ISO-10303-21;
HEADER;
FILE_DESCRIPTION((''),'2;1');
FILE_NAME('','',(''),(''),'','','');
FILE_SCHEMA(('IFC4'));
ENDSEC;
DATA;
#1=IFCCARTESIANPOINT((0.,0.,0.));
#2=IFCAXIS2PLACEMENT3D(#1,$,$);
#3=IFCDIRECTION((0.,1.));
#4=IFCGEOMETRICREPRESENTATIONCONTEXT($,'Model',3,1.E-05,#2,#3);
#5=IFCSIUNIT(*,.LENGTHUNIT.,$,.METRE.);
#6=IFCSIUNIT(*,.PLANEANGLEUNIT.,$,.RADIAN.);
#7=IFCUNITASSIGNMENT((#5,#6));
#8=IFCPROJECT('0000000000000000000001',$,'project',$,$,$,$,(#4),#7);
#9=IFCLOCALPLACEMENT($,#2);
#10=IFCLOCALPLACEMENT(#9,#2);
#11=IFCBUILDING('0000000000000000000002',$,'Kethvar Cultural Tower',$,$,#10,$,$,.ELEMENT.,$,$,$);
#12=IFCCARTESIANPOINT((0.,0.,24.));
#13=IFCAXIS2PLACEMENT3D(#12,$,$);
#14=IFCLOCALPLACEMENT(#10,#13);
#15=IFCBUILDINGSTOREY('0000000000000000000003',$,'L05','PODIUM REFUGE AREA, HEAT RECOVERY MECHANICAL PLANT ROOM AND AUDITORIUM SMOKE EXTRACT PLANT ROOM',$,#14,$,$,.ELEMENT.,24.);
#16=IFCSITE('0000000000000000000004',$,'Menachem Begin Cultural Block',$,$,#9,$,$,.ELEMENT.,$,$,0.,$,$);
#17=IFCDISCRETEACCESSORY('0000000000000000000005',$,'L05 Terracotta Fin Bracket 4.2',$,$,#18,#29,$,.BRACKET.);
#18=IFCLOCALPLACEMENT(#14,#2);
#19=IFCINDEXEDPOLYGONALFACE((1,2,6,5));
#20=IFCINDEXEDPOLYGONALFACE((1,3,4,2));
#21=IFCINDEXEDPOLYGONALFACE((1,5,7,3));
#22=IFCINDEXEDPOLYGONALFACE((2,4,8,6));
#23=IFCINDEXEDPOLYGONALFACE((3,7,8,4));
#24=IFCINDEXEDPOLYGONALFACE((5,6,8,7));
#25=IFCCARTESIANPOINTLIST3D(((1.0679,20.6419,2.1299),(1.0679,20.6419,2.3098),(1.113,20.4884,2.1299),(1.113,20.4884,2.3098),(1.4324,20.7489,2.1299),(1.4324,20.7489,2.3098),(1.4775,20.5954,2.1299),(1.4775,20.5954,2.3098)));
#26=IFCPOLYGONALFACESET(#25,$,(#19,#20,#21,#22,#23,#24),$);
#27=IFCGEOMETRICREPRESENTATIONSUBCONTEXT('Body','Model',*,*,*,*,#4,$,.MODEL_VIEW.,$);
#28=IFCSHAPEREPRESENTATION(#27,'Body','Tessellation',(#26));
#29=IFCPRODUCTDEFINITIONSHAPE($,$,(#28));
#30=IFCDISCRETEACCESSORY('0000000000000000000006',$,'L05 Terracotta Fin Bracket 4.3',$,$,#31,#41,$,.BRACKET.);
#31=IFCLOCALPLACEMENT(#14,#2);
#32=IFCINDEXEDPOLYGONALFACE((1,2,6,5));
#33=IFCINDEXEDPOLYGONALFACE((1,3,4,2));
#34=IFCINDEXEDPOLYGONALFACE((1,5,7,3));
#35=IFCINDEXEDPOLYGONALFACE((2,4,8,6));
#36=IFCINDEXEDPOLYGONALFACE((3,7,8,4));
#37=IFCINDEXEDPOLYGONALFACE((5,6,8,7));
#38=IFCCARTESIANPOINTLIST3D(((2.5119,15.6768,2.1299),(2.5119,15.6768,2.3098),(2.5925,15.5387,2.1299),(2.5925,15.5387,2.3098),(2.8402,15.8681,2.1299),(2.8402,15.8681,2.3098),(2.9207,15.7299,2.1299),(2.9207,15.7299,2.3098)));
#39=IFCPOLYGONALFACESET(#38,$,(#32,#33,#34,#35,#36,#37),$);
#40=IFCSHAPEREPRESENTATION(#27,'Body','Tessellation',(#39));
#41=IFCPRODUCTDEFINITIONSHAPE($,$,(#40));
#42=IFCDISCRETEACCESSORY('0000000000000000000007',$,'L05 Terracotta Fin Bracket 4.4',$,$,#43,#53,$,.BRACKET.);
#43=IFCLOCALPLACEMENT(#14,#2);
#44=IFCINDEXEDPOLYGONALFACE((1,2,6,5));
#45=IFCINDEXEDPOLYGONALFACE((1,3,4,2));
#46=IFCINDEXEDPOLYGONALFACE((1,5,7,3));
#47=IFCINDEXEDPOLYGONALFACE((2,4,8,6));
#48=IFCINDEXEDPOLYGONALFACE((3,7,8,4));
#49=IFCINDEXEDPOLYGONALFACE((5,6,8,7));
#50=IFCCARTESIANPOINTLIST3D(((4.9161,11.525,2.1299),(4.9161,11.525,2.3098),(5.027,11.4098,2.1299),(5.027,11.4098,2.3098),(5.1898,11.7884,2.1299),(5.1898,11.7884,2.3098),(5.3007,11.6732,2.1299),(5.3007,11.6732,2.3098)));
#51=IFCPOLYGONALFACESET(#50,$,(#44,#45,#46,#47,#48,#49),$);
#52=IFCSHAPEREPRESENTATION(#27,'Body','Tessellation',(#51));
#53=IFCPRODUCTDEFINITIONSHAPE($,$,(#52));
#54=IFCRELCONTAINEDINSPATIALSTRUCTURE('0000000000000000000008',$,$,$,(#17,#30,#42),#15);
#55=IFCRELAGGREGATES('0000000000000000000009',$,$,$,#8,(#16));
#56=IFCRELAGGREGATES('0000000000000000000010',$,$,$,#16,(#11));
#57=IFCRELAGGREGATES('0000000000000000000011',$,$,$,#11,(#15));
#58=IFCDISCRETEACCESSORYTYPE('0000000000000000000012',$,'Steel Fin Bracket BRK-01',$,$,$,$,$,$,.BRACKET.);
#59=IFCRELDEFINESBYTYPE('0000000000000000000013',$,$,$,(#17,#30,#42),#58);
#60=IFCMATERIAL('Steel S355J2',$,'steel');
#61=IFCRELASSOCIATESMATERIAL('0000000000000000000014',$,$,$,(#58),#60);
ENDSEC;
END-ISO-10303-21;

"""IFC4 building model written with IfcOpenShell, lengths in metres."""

from ifc_helpers import new_model, si_unit, direction, frame, origin, origin_2d, place, context, subcontext, project, spatial, rectangle, extrude, source, transform, mapped, material, type_object, element, save


model = new_model("IFC4")

# Units and contexts
model_context = context("Model", 3, precision=1e-05, world=origin(), true_north=direction((0.0, 1.0)))
body_context = subcontext(model_context, "Body", "Model", "MODEL_VIEW")
ifc_project = project(units=[si_unit("LENGTHUNIT", "METRE"), si_unit("PLANEANGLEUNIT", "RADIAN")], contexts=[model_context])

# Site, building, storey
site_placement = place(None, origin())
site = spatial("IfcSite", under=ifc_project, at=site_placement, Name="Menachem Begin Cultural Block", CompositionType="ELEMENT", RefElevation=0.0)
building_placement = place(site_placement, origin())
building = spatial("IfcBuilding", under=site, at=building_placement, Name="Kethvar Cultural Tower", CompositionType="ELEMENT")
storey_placement = place(building_placement, frame((0.0, 0.0, 24.0)))
storey = spatial("IfcBuildingStorey", under=building, at=storey_placement, Name="L05", Description="PODIUM REFUGE AREA, HEAT RECOVERY MECHANICAL PLANT ROOM AND AUDITORIUM SMOKE EXTRACT PLANT ROOM", CompositionType="ELEMENT", Elevation=24.0)

# Shared definitions
ifc_material_1 = material(Name="Steel S355J2", Category="steel")

# Discrete accessories
discrete_accessory_type = type_object("IfcDiscreteAccessoryType", Name="Steel Fin Bracket BRK-01", PredefinedType="BRACKET", material=ifc_material_1)
shared_shape_1 = source(origin(), body_context, "Body", "SweptSolid", [
    extrude(rectangle(XDim=0.3799, YDim=0.1599, at=origin_2d()), origin(), (0.0, 0.0, 1.0), 0.1799),
])
for number, where, z_axis, x_axis, name in (
    (1, (1.2727, 20.6187, 2.1299), (0.0, 0.0, 1.0), (-0.959511, -0.281672, 0.0), "L05 Terracotta Fin Bracket 4.2"),
    (2, (2.7163, 15.7034, 2.1299), (0.0, 0.0, 1.0), (-0.864011, -0.503472, 0.0), "L05 Terracotta Fin Bracket 4.3"),
    (3, (5.1084, 11.5991, 2.1299), (0.0, 0.0, 1.0), (-0.720551, -0.693402, 0.0), "L05 Terracotta Fin Bracket 4.4"),
):
    element("IfcDiscreteAccessory", number, at=place(storey_placement, frame(where, z_axis=z_axis, x_axis=x_axis)), inside=storey, type_object=discrete_accessory_type, Name=name, PredefinedType="BRACKET", context=body_context, shape_type="MappedRepresentation", body=[
        mapped(shared_shape_1, transform((0.0, 0.0, 0.0), scale=1.0)),
    ])

save(model, "model.ifc")
